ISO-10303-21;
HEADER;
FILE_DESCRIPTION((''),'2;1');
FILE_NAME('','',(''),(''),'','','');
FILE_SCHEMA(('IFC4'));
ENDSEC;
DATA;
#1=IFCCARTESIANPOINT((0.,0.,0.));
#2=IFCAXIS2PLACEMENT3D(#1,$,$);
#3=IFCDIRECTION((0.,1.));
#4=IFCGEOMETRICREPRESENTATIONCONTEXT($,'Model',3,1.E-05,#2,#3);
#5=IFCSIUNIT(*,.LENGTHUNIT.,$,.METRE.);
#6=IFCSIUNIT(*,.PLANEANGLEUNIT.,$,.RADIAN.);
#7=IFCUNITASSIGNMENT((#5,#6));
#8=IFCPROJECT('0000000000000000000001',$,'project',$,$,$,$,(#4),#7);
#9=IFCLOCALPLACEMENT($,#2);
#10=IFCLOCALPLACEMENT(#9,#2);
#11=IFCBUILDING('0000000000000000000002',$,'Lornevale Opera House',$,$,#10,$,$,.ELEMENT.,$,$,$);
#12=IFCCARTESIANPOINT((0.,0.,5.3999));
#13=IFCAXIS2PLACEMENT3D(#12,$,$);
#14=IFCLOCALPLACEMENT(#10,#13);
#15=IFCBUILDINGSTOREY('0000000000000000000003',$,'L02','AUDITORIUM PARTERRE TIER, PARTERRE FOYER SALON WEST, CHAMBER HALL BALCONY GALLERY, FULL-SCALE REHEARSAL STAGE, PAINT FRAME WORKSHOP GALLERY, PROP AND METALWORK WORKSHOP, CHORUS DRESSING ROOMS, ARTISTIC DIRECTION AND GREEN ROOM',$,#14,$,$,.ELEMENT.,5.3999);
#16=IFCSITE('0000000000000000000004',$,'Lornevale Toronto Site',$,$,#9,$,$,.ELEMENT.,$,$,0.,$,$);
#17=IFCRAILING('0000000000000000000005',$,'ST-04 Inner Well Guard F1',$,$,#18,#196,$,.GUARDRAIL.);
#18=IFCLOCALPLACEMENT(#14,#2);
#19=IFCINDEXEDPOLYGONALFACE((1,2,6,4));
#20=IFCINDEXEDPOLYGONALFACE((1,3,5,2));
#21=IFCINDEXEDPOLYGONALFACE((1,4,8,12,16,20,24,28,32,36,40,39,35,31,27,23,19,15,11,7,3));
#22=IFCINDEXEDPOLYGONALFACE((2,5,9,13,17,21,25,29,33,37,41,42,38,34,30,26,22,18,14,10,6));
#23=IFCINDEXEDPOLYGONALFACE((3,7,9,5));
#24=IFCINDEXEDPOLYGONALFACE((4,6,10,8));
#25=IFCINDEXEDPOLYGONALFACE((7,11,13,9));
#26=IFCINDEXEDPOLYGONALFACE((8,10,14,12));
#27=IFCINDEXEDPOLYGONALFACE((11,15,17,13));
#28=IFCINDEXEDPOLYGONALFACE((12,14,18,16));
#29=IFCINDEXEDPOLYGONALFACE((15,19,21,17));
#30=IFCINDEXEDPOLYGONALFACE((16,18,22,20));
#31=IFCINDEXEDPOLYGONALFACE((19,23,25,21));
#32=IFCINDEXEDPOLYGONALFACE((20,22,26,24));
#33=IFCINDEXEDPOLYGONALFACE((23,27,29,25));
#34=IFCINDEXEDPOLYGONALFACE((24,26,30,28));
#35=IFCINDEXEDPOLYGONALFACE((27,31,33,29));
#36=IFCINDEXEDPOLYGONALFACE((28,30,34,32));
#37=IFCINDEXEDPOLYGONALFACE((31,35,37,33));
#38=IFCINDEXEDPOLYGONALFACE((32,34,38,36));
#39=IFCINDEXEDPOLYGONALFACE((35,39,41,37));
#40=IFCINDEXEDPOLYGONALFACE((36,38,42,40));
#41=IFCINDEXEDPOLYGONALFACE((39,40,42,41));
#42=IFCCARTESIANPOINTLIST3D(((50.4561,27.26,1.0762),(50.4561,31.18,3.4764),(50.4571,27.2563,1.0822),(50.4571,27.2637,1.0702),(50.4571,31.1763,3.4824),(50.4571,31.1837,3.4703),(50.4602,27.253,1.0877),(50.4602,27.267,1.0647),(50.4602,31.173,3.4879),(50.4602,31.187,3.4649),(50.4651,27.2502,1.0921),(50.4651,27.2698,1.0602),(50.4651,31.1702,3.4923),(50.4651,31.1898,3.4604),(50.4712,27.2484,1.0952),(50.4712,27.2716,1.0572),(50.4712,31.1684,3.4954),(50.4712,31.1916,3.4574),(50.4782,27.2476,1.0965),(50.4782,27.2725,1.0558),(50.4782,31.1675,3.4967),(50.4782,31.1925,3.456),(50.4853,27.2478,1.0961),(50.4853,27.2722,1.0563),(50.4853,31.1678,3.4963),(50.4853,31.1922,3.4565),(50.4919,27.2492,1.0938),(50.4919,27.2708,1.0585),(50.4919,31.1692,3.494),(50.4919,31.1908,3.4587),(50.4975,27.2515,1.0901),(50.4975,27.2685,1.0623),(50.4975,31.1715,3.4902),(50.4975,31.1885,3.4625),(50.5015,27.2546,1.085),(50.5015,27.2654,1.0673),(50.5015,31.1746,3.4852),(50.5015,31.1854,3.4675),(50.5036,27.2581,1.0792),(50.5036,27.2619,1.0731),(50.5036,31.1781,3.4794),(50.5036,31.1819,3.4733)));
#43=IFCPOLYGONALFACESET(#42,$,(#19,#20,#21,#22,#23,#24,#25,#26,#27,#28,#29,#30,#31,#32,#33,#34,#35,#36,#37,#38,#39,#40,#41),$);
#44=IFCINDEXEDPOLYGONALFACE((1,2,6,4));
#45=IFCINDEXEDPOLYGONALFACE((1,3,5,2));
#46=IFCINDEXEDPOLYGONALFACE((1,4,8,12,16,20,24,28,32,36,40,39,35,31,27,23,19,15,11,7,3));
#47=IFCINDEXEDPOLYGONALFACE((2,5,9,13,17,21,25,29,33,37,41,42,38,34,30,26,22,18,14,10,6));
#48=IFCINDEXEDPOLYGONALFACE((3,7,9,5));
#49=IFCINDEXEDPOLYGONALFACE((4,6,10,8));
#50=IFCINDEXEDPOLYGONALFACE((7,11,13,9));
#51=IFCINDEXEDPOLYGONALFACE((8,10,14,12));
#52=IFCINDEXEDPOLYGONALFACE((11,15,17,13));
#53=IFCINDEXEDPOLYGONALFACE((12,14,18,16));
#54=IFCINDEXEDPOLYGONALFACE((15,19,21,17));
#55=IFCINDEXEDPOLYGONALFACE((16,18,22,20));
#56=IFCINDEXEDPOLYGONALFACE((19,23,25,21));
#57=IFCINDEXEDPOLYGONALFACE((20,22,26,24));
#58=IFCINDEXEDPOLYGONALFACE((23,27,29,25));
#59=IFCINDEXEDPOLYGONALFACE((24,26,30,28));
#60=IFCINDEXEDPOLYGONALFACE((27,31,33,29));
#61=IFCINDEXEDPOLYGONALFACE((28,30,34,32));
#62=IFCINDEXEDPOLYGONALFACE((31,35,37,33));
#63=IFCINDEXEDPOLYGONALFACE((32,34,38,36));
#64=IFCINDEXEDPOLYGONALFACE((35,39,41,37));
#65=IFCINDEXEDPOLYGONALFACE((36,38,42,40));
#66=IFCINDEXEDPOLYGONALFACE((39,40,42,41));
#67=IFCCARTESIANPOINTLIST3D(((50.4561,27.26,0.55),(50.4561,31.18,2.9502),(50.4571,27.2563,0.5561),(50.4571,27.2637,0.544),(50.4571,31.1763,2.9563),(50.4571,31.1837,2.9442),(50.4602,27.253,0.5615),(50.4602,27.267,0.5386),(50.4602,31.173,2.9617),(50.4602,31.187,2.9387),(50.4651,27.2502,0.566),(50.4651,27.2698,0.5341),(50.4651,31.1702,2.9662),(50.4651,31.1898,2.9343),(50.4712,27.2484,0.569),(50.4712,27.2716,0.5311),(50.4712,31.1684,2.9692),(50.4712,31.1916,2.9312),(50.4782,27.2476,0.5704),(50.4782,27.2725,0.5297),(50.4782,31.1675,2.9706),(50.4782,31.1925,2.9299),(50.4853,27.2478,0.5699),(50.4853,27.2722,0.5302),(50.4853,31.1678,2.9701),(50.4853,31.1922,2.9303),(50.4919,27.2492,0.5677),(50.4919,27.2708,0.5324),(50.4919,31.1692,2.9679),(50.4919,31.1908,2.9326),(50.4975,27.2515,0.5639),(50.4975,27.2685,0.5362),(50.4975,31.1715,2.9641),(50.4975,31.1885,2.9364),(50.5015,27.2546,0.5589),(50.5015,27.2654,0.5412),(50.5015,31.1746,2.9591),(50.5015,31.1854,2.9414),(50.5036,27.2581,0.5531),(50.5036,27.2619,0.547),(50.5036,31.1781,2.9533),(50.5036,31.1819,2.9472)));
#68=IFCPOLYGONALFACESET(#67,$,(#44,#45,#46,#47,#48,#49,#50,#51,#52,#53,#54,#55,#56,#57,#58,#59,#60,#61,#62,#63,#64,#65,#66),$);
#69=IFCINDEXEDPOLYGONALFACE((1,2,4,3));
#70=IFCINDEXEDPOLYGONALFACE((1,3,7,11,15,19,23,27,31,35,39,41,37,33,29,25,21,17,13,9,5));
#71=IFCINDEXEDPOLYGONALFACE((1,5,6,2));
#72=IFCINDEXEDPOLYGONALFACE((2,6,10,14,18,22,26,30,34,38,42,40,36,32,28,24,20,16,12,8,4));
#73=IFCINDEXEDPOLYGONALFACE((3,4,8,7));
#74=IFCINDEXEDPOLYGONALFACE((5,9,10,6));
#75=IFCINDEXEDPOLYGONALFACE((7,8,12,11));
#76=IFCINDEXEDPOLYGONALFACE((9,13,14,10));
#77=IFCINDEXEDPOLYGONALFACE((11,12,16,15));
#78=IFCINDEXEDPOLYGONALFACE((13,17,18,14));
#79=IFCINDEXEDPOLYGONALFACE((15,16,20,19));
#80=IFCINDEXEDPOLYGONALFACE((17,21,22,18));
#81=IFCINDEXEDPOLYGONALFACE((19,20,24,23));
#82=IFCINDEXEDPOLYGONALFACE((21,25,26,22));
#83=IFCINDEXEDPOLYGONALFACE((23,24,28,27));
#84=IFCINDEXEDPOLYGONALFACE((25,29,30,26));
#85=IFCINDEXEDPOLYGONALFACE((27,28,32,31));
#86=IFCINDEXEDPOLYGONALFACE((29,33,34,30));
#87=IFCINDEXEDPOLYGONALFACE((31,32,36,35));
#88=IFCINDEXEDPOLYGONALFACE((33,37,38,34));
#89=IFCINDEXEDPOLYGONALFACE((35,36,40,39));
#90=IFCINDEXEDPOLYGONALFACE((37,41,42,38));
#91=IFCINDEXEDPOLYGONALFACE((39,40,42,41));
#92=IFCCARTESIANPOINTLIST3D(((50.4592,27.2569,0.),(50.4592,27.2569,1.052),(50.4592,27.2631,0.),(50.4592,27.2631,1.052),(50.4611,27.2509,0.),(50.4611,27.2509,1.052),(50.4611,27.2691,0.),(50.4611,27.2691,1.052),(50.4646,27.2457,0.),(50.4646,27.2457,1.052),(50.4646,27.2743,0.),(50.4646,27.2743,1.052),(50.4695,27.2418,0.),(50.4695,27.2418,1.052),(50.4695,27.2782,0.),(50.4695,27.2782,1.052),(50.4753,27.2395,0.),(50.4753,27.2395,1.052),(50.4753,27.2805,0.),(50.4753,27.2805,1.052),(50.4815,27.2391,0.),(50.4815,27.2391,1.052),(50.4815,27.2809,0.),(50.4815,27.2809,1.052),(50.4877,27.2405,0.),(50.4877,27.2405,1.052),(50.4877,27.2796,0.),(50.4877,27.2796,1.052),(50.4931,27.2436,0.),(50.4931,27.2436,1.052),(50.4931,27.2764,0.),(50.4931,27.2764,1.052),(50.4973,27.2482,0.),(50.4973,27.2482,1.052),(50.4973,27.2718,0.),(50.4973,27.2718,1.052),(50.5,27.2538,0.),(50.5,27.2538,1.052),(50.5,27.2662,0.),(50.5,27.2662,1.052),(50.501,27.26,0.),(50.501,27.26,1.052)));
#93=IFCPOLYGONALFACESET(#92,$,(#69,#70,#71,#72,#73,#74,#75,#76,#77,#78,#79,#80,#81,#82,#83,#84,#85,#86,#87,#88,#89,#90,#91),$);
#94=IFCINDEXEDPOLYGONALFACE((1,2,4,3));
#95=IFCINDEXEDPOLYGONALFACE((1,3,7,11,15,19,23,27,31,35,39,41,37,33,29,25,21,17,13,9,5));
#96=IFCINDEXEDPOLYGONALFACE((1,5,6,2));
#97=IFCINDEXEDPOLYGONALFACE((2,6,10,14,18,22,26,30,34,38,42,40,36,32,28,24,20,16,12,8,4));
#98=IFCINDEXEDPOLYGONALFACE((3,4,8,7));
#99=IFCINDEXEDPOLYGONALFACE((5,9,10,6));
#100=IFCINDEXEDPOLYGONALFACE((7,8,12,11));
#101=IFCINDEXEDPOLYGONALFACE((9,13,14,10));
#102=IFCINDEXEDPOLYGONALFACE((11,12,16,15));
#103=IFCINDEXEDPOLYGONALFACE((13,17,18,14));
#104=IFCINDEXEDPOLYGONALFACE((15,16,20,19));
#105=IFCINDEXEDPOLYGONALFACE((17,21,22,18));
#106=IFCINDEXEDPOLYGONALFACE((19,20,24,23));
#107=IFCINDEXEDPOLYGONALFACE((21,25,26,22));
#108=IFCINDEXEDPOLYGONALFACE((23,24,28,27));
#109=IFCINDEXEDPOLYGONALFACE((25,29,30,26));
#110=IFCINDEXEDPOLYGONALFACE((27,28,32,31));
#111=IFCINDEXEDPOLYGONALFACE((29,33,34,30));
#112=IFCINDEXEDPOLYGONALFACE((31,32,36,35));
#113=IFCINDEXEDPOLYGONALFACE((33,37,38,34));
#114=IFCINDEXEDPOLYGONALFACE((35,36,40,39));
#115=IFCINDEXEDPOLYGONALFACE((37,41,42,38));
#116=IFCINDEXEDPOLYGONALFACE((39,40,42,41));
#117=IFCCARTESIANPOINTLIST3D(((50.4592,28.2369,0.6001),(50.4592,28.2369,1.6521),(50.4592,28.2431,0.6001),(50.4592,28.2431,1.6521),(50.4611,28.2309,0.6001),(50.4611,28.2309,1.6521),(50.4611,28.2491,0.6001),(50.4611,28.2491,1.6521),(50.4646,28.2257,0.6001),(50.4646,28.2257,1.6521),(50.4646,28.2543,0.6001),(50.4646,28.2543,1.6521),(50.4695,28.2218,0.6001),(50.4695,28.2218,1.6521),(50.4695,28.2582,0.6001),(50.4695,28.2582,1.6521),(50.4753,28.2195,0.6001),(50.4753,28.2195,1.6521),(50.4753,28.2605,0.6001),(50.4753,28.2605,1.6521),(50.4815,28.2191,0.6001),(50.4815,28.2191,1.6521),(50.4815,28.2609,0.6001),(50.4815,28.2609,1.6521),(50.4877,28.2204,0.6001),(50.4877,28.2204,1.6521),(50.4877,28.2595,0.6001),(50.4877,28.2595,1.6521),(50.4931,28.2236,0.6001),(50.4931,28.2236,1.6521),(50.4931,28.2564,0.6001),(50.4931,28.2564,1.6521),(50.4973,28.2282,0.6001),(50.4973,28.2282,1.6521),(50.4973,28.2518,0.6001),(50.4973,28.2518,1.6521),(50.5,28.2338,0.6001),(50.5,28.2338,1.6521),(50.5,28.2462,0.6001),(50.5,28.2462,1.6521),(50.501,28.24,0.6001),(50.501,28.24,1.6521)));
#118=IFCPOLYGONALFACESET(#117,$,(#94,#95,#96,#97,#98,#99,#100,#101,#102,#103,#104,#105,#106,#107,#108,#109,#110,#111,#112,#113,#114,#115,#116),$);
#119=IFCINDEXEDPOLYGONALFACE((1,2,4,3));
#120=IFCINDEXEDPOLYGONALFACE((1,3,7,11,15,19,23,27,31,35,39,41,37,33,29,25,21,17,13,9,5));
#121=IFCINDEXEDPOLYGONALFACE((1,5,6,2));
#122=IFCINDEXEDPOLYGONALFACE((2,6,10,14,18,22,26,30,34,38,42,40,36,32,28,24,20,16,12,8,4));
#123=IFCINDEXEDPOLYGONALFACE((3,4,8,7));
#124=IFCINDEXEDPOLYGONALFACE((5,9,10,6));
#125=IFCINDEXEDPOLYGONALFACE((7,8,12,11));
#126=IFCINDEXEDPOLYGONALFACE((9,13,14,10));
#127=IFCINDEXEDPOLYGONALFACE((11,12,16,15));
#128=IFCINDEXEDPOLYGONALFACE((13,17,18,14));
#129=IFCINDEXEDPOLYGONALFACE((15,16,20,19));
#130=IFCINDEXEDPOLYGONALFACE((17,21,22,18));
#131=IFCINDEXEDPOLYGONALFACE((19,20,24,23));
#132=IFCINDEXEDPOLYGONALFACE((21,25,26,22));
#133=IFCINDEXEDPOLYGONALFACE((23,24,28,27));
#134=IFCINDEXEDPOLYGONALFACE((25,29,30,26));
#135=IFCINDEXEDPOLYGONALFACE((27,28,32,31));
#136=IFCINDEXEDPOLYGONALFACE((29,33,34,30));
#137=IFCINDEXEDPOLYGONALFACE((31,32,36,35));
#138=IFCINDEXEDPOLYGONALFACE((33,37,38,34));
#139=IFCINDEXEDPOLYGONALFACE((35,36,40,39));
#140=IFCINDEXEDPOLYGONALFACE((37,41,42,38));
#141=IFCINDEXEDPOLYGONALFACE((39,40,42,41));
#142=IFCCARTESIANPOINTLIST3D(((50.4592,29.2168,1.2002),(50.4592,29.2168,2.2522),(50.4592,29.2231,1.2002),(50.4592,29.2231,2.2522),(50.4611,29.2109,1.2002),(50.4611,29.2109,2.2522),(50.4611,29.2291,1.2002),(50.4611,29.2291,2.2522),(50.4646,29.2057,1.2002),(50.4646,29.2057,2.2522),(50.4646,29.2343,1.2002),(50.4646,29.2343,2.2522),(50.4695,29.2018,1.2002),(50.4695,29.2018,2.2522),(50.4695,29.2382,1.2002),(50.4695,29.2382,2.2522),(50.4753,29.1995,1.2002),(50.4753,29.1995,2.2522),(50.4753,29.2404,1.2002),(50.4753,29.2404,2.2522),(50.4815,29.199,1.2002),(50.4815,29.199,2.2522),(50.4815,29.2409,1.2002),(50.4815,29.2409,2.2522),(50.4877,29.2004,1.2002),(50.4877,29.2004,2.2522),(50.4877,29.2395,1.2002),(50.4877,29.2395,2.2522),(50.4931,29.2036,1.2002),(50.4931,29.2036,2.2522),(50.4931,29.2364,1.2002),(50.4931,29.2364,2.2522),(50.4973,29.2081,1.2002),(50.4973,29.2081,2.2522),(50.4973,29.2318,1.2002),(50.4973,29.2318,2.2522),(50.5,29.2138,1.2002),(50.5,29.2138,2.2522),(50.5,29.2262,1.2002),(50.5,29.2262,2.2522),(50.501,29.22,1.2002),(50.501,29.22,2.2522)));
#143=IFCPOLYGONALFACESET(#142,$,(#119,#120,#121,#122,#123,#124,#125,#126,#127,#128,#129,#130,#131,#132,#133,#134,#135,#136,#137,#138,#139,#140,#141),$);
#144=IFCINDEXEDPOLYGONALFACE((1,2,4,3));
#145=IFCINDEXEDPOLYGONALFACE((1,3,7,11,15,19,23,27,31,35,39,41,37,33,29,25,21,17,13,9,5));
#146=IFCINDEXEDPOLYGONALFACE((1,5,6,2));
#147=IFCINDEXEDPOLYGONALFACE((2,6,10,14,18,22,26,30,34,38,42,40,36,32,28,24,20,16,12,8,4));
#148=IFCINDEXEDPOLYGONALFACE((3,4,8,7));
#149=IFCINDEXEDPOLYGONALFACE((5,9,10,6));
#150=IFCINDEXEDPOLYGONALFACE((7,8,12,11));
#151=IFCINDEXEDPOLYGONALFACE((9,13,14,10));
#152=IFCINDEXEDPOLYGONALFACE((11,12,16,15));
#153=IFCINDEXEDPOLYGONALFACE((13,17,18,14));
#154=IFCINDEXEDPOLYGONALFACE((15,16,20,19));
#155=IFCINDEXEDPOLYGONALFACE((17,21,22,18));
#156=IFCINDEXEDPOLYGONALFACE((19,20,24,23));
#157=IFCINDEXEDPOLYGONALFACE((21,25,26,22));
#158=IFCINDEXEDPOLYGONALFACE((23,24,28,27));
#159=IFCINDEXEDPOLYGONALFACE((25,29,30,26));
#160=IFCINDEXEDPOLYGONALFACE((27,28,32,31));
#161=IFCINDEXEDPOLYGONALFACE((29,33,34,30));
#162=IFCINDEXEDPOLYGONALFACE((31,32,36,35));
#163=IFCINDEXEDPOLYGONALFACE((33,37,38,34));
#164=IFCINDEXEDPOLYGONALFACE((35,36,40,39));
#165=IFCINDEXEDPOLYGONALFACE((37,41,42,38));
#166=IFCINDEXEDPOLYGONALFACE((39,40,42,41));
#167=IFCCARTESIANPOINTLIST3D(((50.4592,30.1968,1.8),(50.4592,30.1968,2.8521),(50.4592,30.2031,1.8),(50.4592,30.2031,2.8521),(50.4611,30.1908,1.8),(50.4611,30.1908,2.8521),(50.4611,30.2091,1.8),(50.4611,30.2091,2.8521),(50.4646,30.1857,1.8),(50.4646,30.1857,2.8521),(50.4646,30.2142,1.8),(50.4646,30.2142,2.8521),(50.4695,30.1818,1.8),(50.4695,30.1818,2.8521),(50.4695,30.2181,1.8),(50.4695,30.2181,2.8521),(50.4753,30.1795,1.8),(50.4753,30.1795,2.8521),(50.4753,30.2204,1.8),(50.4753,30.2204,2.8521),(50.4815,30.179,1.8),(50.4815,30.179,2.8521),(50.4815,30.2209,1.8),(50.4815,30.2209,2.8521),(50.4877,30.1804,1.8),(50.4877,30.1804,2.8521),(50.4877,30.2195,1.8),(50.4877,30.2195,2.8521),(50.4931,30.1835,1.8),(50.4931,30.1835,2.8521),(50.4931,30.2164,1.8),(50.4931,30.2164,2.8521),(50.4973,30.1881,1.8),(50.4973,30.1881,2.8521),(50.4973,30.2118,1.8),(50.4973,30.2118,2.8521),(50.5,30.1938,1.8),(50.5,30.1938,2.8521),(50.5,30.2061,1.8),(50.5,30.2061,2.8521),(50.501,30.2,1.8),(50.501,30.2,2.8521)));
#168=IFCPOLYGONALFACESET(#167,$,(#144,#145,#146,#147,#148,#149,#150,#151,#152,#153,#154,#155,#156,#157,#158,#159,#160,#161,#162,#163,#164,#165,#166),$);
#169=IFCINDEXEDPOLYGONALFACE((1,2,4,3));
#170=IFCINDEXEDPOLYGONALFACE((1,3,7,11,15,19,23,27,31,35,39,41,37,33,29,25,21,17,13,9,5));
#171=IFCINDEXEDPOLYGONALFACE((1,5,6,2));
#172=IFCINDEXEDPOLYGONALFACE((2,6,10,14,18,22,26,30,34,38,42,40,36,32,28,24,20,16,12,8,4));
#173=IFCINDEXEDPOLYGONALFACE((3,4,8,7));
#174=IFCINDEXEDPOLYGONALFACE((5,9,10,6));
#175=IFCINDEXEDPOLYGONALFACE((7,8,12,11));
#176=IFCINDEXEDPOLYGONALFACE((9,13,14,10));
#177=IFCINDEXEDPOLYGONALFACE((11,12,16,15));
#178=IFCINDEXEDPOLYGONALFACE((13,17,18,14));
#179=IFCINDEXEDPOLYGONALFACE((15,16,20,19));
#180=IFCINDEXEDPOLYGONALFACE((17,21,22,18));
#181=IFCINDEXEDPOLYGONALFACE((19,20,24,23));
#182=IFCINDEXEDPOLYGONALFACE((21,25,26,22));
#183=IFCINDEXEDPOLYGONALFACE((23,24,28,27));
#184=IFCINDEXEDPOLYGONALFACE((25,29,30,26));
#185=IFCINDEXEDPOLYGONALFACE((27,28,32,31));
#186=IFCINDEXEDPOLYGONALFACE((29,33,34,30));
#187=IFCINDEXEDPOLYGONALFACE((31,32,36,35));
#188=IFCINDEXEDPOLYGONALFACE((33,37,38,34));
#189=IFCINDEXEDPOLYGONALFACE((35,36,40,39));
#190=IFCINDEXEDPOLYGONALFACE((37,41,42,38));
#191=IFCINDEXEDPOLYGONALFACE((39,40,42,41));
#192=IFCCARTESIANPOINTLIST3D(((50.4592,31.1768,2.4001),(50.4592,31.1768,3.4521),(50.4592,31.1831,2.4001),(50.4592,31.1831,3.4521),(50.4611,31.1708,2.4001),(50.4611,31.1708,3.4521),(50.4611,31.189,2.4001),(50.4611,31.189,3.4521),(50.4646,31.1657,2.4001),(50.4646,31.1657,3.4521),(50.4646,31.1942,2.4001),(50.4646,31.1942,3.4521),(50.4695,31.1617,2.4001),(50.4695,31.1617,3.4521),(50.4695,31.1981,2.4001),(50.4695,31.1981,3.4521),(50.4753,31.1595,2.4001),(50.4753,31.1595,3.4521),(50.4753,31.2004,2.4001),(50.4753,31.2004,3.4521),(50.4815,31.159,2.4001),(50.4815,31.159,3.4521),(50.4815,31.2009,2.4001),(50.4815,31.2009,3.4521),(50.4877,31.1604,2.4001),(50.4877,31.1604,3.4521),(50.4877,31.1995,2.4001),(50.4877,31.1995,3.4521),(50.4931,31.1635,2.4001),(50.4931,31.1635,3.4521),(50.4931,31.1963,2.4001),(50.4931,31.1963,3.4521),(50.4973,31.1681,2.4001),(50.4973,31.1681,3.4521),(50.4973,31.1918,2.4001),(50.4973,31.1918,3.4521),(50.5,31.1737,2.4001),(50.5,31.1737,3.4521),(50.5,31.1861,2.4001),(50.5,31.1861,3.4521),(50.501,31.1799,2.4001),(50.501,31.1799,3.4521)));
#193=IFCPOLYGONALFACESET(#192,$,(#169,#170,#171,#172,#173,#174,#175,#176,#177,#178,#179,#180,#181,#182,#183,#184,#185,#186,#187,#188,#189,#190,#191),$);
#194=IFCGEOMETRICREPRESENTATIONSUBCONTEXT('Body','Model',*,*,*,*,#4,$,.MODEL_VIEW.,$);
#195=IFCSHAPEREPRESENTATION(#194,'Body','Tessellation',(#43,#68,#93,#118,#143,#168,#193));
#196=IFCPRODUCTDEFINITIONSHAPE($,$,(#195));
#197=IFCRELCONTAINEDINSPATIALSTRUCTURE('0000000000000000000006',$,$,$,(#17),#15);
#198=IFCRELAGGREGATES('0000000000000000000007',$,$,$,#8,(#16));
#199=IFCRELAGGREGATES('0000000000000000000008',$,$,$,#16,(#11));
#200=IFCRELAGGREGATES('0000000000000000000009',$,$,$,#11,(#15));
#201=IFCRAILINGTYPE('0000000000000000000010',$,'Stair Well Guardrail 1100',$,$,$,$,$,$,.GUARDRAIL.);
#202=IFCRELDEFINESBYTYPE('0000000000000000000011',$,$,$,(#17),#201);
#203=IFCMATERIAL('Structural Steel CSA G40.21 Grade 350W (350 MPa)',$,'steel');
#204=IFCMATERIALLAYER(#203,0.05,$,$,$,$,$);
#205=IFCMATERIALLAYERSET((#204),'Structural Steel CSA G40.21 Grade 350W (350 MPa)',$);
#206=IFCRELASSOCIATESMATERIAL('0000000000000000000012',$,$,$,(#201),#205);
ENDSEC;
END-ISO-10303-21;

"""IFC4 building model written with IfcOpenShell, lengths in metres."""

from ifc_helpers import new_model, si_unit, direction, frame, origin, origin_2d, place, context, subcontext, project, spatial, circle, extrude, material, layer, layer_set, type_object, element, save


model = new_model("IFC4")

# Units and contexts
model_context = context("Model", 3, precision=1e-05, world=origin(), true_north=direction((0.0, 1.0)))
body_context = subcontext(model_context, "Body", "Model", "MODEL_VIEW")
ifc_project = project(units=[si_unit("LENGTHUNIT", "METRE"), si_unit("PLANEANGLEUNIT", "RADIAN")], contexts=[model_context])

# Site, building, storey
site_placement = place(None, origin())
site = spatial("IfcSite", under=ifc_project, at=site_placement, Name="Lornevale Toronto Site", CompositionType="ELEMENT", RefElevation=0.0)
building_placement = place(site_placement, origin())
building = spatial("IfcBuilding", under=site, at=building_placement, Name="Lornevale Opera House", CompositionType="ELEMENT")
storey_placement = place(building_placement, frame((0.0, 0.0, 5.3999)))
storey = spatial("IfcBuildingStorey", under=building, at=storey_placement, Name="L02", Description="AUDITORIUM PARTERRE TIER, PARTERRE FOYER SALON WEST, CHAMBER HALL BALCONY GALLERY, FULL-SCALE REHEARSAL STAGE, PAINT FRAME WORKSHOP GALLERY, PROP AND METALWORK WORKSHOP, CHORUS DRESSING ROOMS, ARTISTIC DIRECTION AND GREEN ROOM", CompositionType="ELEMENT", Elevation=5.3999)

# Railing
ifc_material_1 = material(Name="Structural Steel CSA G40.21 Grade 350W (350 MPa)", Category="steel")
ifc_layer_1 = layer(ifc_material_1, 0.05)
ifc_layer_set_1 = layer_set([ifc_layer_1], Name="Structural Steel CSA G40.21 Grade 350W (350 MPa)")
railing_type = type_object("IfcRailingType", Name="Stair Well Guardrail 1100", PredefinedType="GUARDRAIL", material=ifc_layer_set_1)
railing_placement = place(storey_placement, frame((50.48, 27.26, 0.0)))
element("IfcRailing", 1, at=railing_placement, inside=storey, type_object=railing_type, Name="ST-04 Inner Well Guard F1", PredefinedType="GUARDRAIL", context=body_context, shape_type="SweptSolid", body=[
    extrude(circle(Radius=0.0239, at=origin_2d()), frame((0.0, 0.0, 1.0762), z_axis=(0.0, 0.852832, 0.522185), x_axis=(-1.0, 0.0, 0.0)), (0.0, 0.0, 1.0), 4.5964),
    extrude(circle(Radius=0.0239, at=origin_2d()), frame((0.0, 0.0, 0.55), z_axis=(0.0, 0.852832, 0.522185), x_axis=(-1.0, 0.0, 0.0)), (0.0, 0.0, 1.0), 4.5964),
    extrude(circle(Radius=0.021, at=origin_2d()), origin(), (0.0, 0.0, 1.0), 1.052),
    extrude(circle(Radius=0.021, at=origin_2d()), frame((0.0, 0.98, 0.6001)), (0.0, 0.0, 1.0), 1.052),
    extrude(circle(Radius=0.021, at=origin_2d()), frame((0.0, 1.96, 1.2002)), (0.0, 0.0, 1.0), 1.052),
    extrude(circle(Radius=0.021, at=origin_2d()), frame((0.0, 2.9399, 1.8)), (0.0, 0.0, 1.0), 1.052),
    extrude(circle(Radius=0.021, at=origin_2d()), frame((0.0, 3.9199, 2.4001)), (0.0, 0.0, 1.0), 1.052),
])

save(model, "model.ifc")
